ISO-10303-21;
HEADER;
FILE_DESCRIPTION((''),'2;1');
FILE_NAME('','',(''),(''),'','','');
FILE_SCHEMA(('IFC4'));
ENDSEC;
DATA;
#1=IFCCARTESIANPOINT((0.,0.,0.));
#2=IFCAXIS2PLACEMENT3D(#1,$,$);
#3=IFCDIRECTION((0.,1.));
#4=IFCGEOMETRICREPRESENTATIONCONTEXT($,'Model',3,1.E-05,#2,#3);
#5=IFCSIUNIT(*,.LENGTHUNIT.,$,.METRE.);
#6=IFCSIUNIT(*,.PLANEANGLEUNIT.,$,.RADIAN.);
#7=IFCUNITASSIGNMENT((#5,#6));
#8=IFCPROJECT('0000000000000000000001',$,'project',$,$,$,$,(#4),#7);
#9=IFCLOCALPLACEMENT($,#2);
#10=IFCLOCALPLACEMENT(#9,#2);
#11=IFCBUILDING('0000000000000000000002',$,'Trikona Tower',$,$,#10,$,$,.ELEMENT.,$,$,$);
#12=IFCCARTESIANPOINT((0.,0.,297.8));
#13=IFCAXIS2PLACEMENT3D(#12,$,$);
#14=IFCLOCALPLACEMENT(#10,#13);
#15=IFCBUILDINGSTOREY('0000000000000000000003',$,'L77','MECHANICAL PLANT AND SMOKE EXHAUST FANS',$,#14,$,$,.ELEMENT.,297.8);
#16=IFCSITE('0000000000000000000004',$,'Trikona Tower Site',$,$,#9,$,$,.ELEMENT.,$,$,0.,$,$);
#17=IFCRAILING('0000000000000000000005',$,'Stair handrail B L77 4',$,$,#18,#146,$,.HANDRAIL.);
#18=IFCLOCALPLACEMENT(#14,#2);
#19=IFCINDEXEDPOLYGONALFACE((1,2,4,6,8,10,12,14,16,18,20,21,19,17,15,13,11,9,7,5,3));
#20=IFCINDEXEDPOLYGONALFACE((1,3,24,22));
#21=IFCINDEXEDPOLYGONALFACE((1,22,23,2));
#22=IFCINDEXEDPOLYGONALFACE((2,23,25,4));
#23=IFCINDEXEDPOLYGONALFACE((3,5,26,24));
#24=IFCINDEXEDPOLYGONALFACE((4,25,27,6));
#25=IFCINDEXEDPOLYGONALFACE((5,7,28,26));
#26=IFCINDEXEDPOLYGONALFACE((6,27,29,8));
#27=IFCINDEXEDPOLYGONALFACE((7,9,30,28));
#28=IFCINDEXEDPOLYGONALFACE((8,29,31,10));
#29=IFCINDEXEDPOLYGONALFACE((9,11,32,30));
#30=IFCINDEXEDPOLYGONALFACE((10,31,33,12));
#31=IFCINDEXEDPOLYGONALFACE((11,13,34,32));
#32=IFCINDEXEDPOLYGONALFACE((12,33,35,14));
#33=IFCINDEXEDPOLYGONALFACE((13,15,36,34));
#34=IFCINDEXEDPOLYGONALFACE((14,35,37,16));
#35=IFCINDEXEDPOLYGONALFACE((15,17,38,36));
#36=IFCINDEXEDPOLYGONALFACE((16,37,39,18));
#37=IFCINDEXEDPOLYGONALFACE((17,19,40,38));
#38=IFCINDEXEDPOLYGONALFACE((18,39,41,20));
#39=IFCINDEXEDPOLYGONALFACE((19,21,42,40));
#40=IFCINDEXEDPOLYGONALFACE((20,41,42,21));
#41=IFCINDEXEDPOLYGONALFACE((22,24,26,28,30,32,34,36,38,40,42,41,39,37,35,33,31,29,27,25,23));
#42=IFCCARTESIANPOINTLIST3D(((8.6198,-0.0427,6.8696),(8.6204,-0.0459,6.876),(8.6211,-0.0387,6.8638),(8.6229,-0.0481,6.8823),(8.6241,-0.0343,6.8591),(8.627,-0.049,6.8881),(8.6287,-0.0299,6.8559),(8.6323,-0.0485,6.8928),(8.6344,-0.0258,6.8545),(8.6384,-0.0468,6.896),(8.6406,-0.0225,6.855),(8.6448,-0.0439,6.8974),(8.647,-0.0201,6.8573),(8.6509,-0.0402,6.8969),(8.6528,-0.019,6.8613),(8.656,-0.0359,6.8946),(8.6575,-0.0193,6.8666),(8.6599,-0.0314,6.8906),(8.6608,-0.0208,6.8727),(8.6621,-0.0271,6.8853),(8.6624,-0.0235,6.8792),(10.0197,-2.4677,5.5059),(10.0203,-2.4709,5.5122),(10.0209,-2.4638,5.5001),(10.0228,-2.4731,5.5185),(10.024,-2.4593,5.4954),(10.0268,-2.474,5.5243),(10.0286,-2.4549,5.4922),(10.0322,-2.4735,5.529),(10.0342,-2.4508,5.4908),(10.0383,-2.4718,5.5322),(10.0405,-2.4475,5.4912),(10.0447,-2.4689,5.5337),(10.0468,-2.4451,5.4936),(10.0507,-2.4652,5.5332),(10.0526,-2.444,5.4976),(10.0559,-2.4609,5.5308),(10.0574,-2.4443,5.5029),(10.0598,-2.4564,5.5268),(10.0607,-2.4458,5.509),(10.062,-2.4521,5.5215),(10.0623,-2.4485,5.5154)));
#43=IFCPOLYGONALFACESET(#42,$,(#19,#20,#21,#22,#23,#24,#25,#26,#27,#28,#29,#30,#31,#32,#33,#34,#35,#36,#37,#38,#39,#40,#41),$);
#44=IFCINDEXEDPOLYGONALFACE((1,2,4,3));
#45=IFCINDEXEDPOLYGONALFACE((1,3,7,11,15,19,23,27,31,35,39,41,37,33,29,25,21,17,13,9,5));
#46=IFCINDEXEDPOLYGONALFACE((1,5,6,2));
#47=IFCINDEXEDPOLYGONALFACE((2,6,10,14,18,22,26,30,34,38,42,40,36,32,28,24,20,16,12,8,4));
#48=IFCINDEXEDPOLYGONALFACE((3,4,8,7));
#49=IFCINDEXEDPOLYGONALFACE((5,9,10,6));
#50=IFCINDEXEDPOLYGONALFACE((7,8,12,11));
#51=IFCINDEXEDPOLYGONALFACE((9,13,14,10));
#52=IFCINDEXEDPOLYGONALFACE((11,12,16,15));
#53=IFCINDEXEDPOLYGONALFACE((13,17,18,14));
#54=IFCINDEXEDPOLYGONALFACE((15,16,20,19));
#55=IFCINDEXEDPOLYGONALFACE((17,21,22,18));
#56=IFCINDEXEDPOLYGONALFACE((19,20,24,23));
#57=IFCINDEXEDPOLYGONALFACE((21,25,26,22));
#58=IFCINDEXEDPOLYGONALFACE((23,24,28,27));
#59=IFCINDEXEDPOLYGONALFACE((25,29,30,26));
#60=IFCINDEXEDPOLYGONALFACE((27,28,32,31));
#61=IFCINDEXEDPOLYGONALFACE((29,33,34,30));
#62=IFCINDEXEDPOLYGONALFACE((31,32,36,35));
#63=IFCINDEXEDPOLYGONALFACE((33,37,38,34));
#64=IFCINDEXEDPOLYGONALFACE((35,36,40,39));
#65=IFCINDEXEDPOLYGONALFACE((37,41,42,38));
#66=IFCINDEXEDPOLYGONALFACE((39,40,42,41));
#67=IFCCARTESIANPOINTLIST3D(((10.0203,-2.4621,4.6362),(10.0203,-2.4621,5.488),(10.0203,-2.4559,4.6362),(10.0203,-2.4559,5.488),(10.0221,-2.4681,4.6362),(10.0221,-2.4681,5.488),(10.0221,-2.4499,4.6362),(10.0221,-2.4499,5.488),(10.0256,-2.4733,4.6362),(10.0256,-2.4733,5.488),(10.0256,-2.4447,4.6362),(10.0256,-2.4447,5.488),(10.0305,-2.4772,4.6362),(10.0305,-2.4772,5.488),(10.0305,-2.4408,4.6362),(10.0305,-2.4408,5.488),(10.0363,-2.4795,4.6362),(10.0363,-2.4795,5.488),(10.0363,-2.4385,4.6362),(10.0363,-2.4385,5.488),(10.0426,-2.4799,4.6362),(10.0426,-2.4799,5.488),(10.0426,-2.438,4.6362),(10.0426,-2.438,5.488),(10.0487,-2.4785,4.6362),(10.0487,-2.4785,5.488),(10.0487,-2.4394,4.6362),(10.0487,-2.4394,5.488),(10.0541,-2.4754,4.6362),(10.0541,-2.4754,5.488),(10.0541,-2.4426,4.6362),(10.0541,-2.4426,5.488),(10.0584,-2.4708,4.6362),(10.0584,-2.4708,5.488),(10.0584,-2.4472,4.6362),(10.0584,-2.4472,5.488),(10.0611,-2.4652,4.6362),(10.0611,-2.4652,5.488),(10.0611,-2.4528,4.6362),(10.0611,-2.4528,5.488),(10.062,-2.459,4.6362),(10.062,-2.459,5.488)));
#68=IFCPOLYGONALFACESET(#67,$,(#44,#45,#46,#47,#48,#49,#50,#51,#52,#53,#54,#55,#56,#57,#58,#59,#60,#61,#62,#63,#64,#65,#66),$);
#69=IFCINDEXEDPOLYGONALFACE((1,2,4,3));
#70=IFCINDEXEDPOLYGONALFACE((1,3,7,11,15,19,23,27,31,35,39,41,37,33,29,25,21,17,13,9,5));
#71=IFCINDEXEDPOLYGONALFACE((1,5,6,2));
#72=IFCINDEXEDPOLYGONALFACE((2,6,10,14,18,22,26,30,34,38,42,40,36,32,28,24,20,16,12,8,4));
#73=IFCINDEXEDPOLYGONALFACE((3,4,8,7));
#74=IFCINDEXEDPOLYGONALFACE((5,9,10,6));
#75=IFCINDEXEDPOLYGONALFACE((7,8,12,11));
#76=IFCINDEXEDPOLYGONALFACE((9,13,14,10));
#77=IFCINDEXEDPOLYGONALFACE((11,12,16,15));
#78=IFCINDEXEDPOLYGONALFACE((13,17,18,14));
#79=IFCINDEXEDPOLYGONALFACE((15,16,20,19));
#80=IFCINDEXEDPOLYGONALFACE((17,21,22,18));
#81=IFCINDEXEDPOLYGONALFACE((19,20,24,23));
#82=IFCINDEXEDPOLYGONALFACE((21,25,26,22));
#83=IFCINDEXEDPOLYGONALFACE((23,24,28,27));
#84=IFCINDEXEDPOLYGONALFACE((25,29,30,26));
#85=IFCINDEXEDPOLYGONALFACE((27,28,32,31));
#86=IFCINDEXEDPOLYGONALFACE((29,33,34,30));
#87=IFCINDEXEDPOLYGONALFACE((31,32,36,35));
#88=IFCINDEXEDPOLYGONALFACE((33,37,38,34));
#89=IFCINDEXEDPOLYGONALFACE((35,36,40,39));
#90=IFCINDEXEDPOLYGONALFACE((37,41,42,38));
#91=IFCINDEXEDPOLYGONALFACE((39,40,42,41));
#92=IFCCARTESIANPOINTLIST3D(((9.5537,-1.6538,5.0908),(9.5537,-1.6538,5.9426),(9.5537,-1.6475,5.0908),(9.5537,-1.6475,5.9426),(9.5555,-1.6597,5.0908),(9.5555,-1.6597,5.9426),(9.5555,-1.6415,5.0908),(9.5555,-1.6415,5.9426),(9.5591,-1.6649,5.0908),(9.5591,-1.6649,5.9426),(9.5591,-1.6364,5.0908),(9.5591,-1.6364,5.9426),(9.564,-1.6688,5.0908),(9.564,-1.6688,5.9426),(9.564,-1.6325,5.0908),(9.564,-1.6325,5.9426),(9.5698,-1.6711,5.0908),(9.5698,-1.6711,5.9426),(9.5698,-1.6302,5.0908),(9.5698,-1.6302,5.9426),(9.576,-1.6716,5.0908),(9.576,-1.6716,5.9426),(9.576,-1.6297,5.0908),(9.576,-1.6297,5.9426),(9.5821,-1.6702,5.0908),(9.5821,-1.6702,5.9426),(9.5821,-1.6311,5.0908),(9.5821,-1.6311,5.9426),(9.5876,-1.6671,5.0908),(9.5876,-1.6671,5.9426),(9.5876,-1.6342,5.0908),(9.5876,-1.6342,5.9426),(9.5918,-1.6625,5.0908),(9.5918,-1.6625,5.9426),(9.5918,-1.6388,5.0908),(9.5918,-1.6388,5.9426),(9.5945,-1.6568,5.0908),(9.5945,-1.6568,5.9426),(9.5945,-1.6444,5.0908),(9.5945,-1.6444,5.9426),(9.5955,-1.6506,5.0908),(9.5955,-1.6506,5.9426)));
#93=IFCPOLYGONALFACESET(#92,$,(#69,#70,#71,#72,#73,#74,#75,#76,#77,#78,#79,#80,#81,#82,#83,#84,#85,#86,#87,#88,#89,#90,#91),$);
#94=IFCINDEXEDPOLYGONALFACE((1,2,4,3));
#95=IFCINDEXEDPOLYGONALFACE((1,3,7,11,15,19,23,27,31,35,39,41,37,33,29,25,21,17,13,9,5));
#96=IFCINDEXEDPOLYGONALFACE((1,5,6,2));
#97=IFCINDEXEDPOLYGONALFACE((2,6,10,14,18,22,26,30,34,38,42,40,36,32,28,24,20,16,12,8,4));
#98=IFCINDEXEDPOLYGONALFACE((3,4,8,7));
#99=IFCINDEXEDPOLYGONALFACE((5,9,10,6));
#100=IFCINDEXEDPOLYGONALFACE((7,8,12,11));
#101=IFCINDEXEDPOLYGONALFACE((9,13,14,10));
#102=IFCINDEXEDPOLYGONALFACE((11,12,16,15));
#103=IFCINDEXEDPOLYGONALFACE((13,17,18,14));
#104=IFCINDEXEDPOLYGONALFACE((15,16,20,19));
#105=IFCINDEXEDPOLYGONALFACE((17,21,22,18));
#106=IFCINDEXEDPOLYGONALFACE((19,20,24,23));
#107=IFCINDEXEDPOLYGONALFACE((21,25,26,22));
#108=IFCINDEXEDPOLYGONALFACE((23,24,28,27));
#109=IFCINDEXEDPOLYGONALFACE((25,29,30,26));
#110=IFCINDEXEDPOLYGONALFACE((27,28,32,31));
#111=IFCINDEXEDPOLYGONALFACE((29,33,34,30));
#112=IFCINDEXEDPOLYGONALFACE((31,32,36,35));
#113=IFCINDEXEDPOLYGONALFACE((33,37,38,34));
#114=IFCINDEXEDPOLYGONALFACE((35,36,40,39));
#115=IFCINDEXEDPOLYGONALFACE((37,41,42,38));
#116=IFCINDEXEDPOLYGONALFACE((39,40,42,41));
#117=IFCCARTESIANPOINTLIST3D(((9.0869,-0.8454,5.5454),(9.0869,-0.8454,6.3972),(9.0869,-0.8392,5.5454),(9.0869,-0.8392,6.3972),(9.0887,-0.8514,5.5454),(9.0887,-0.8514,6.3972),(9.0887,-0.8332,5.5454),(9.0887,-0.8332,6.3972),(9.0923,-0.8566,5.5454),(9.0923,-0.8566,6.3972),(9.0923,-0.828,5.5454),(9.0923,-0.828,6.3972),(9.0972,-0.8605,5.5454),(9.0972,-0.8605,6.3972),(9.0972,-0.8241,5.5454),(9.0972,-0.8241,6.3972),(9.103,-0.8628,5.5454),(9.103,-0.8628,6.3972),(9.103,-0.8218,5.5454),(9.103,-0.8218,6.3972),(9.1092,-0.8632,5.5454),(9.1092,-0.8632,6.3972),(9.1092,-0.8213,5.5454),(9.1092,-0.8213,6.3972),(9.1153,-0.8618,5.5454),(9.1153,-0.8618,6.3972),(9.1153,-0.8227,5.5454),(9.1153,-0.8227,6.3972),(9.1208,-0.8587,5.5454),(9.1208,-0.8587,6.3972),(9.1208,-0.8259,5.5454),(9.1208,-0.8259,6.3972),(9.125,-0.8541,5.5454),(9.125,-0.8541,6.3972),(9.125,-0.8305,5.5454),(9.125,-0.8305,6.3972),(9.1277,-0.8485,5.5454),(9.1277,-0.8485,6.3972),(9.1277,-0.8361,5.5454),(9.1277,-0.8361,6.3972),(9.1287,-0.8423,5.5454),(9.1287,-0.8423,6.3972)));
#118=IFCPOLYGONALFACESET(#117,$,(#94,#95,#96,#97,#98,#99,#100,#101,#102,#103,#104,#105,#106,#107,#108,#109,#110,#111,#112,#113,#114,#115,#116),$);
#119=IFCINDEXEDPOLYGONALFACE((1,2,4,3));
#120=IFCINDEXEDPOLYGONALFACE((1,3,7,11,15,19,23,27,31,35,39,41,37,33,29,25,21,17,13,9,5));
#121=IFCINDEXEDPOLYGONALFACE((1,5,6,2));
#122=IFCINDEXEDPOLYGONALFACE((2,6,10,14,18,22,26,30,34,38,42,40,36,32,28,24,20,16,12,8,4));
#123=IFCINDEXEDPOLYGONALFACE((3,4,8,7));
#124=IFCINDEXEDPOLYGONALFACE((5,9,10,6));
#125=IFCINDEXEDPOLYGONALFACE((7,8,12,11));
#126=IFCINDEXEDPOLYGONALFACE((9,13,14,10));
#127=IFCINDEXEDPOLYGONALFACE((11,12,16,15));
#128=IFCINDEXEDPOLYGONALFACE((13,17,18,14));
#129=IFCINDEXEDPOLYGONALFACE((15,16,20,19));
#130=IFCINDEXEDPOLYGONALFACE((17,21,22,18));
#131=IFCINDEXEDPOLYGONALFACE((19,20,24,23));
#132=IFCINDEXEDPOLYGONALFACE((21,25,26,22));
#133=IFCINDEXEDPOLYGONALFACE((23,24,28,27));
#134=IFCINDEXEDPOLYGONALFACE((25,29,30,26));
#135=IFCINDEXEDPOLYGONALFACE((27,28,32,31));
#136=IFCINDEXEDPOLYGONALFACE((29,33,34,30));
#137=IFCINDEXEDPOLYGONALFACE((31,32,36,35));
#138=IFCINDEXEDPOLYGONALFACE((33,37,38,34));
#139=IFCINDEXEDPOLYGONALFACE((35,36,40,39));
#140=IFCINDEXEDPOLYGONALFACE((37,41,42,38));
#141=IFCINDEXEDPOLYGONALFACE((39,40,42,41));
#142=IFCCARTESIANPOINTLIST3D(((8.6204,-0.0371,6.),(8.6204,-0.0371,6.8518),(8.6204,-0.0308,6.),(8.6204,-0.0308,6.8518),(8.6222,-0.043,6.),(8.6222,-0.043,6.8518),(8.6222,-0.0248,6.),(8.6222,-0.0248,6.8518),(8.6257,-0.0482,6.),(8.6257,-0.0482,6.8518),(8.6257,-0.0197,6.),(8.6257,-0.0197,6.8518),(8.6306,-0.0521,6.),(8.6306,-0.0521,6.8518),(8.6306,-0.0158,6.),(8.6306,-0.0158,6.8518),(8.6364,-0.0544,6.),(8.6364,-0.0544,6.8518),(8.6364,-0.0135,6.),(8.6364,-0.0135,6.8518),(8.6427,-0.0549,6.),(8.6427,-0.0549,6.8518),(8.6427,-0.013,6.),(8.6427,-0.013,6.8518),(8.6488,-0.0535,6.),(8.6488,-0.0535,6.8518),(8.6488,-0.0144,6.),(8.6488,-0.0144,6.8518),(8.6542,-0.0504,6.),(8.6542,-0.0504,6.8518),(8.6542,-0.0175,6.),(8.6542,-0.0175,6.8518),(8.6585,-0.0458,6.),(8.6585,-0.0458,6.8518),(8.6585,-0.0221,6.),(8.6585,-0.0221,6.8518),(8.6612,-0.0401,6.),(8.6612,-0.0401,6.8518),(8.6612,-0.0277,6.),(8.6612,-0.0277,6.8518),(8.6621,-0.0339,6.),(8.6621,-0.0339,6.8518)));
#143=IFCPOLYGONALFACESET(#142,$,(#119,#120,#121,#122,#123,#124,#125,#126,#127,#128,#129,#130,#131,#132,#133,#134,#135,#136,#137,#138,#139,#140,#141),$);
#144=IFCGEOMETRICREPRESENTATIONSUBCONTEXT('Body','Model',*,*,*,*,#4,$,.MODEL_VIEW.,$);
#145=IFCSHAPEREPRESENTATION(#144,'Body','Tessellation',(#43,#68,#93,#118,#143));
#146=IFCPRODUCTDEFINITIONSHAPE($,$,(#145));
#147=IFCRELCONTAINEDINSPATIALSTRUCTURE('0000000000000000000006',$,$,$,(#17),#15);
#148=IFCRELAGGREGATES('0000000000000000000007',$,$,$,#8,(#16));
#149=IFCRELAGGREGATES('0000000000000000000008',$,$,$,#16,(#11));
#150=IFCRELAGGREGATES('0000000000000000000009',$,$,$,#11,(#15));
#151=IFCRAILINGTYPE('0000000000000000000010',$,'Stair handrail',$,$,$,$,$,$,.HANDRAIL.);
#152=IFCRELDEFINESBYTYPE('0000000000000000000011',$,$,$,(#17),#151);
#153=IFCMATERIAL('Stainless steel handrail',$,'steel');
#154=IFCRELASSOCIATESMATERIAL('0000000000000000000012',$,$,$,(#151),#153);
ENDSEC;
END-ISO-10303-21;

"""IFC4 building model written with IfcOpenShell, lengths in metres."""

from ifc_helpers import new_model, si_unit, direction, frame, origin, origin_2d, place, context, subcontext, project, spatial, circle, extrude, material, type_object, element, save


model = new_model("IFC4")

# Units and contexts
model_context = context("Model", 3, precision=1e-05, world=origin(), true_north=direction((0.0, 1.0)))
body_context = subcontext(model_context, "Body", "Model", "MODEL_VIEW")
ifc_project = project(units=[si_unit("LENGTHUNIT", "METRE"), si_unit("PLANEANGLEUNIT", "RADIAN")], contexts=[model_context])

# Site, building, storey
site_placement = place(None, origin())
site = spatial("IfcSite", under=ifc_project, at=site_placement, Name="Trikona Tower Site", CompositionType="ELEMENT", RefElevation=0.0)
building_placement = place(site_placement, origin())
building = spatial("IfcBuilding", under=site, at=building_placement, Name="Trikona Tower", CompositionType="ELEMENT")
storey_placement = place(building_placement, frame((0.0, 0.0, 297.8)))
storey = spatial("IfcBuildingStorey", under=building, at=storey_placement, Name="L77", Description="MECHANICAL PLANT AND SMOKE EXHAUST FANS", CompositionType="ELEMENT", Elevation=297.8)

# Railing
ifc_material_1 = material(Name="Stainless steel handrail", Category="steel")
railing_type = type_object("IfcRailingType", Name="Stair handrail", PredefinedType="HANDRAIL", material=ifc_material_1)
for number, where, name in (
    (1, (10.041, -2.459, 4.6362), "Stair handrail B L77 4"),
):
    element("IfcRailing", number, at=place(storey_placement, frame(where)), inside=storey, type_object=railing_type, Name=name, PredefinedType="HANDRAIL", context=body_context, shape_type="SweptSolid", body=[
        extrude(circle(Radius=0.0239, at=origin_2d()), frame((0.0, 0.0, 0.876), z_axis=(-0.449471, 0.778618, 0.43787), x_axis=(-0.866056, -0.499946, 0.0)), (0.0, 0.0, 1.0), 3.1145),
        extrude(circle(Radius=0.021, at=origin_2d()), origin(), (0.0, 0.0, 1.0), 0.8518),
        extrude(circle(Radius=0.021, at=origin_2d()), frame((-0.4666, 0.8083, 0.4546)), (0.0, 0.0, 1.0), 0.8518),
        extrude(circle(Radius=0.021, at=origin_2d()), frame((-0.9333, 1.6167, 0.9092)), (0.0, 0.0, 1.0), 0.8518),
        extrude(circle(Radius=0.021, at=origin_2d()), frame((-1.3999, 2.425, 1.3638)), (0.0, 0.0, 1.0), 0.8518),
    ])

save(model, "model.ifc")
